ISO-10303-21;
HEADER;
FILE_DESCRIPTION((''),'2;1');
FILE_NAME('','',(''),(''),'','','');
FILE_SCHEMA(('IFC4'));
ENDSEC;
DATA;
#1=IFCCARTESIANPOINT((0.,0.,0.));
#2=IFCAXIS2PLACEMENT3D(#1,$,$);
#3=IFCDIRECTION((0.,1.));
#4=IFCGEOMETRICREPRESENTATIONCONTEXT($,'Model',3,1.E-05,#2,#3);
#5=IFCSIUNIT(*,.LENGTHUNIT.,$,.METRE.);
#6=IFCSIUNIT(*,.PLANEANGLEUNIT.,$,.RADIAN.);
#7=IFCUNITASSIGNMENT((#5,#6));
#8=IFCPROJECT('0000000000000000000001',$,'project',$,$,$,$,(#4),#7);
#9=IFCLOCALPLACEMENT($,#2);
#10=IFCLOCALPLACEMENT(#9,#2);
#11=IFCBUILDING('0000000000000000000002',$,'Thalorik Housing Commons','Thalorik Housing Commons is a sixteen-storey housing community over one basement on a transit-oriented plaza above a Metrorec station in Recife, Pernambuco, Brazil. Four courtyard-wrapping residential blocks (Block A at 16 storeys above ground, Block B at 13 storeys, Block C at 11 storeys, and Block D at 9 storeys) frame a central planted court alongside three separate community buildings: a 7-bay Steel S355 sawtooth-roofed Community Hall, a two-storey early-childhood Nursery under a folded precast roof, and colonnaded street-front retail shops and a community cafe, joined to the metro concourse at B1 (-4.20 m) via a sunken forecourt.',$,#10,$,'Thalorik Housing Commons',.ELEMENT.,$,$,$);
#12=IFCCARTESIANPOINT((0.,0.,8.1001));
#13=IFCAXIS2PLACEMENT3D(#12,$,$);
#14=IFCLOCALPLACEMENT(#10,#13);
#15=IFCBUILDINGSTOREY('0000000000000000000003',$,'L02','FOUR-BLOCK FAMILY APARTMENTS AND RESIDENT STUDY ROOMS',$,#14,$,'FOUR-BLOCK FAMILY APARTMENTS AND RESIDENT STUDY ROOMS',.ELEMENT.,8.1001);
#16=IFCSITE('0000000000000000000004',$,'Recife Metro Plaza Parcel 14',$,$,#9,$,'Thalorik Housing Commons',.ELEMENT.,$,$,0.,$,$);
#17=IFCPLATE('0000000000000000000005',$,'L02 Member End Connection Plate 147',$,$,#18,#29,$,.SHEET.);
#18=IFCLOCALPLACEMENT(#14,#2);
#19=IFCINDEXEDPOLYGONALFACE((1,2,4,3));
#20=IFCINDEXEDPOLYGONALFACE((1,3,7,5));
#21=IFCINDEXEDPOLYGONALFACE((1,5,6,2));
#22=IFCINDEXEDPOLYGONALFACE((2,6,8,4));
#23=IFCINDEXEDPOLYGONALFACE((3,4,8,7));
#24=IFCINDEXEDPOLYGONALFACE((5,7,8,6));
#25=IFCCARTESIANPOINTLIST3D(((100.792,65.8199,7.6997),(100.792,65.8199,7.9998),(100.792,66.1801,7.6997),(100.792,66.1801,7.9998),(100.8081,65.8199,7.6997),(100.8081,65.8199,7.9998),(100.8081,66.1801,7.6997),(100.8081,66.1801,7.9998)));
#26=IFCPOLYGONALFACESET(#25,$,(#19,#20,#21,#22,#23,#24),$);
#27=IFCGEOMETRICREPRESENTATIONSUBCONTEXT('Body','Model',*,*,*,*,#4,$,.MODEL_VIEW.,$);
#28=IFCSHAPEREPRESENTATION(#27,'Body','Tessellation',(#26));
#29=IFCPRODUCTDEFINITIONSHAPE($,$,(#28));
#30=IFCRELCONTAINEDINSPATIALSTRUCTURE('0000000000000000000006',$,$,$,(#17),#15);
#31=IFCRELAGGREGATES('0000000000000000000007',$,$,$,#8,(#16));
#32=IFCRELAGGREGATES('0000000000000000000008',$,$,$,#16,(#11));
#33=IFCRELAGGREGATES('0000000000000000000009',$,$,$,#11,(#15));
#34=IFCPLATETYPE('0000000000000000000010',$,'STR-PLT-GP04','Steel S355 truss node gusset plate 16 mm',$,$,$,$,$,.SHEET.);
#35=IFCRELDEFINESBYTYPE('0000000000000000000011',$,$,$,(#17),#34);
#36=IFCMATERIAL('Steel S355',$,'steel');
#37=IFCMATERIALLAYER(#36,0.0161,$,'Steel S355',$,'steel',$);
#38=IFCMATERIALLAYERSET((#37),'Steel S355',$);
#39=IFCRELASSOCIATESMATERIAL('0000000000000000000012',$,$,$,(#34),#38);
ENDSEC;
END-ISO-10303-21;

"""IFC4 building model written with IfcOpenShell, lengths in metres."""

from ifc_helpers import new_model, si_unit, direction, frame, origin, origin_2d, place, context, subcontext, project, spatial, rectangle, extrude, material, layer, layer_set, type_object, element, save


model = new_model("IFC4")

# Units and contexts
model_context = context("Model", 3, precision=1e-05, world=origin(), true_north=direction((0.0, 1.0)))
body_context = subcontext(model_context, "Body", "Model", "MODEL_VIEW")
ifc_project = project(units=[si_unit("LENGTHUNIT", "METRE"), si_unit("PLANEANGLEUNIT", "RADIAN")], contexts=[model_context])

# Site, building, storey
site_placement = place(None, origin())
site = spatial("IfcSite", under=ifc_project, at=site_placement, Name="Recife Metro Plaza Parcel 14", LongName="Thalorik Housing Commons", CompositionType="ELEMENT", RefElevation=0.0)
building_placement = place(site_placement, origin())
building = spatial("IfcBuilding", under=site, at=building_placement, Name="Thalorik Housing Commons", Description="Thalorik Housing Commons is a sixteen-storey housing community over one basement on a transit-oriented plaza above a Metrorec station in Recife, Pernambuco, Brazil. Four courtyard-wrapping residential blocks (Block A at 16 storeys above ground, Block B at 13 storeys, Block C at 11 storeys, and Block D at 9 storeys) frame a central planted court alongside three separate community buildings: a 7-bay Steel S355 sawtooth-roofed Community Hall, a two-storey early-childhood Nursery under a folded precast roof, and colonnaded street-front retail shops and a community cafe, joined to the metro concourse at B1 (-4.20 m) via a sunken forecourt.", LongName="Thalorik Housing Commons", CompositionType="ELEMENT")
storey_placement = place(building_placement, frame((0.0, 0.0, 8.1001)))
storey = spatial("IfcBuildingStorey", under=building, at=storey_placement, Name="L02", Description="FOUR-BLOCK FAMILY APARTMENTS AND RESIDENT STUDY ROOMS", LongName="FOUR-BLOCK FAMILY APARTMENTS AND RESIDENT STUDY ROOMS", CompositionType="ELEMENT", Elevation=8.1001)

# Shared definitions
ifc_material_1 = material(Name="Steel S355", Category="steel")

# Plate
ifc_layer_1 = layer(ifc_material_1, 0.0161, Name="Steel S355", Category="steel")
ifc_layer_set_1 = layer_set([ifc_layer_1], Name="Steel S355")
plate_type_1 = type_object("IfcPlateType", Name="STR-PLT-GP04", Description="Steel S355 truss node gusset plate 16 mm", PredefinedType="SHEET", material=ifc_layer_set_1)
for number, where, z_axis, x_axis, name in (
    (1, (100.8, 66.0, 7.6997), (0.0, 0.0, 1.0), (1.0, 0.0, 0.0), "L02 Member End Connection Plate 147"),
):
    element("IfcPlate", number, at=place(storey_placement, frame(where, z_axis=z_axis, x_axis=x_axis)), inside=storey, type_object=plate_type_1, Name=name, PredefinedType="SHEET", context=body_context, shape_type="SweptSolid", body=[
        extrude(rectangle(XDim=0.0161, YDim=0.3601, at=origin_2d()), origin(), (0.0, 0.0, 1.0), 0.3),
    ])

save(model, "model.ifc")
